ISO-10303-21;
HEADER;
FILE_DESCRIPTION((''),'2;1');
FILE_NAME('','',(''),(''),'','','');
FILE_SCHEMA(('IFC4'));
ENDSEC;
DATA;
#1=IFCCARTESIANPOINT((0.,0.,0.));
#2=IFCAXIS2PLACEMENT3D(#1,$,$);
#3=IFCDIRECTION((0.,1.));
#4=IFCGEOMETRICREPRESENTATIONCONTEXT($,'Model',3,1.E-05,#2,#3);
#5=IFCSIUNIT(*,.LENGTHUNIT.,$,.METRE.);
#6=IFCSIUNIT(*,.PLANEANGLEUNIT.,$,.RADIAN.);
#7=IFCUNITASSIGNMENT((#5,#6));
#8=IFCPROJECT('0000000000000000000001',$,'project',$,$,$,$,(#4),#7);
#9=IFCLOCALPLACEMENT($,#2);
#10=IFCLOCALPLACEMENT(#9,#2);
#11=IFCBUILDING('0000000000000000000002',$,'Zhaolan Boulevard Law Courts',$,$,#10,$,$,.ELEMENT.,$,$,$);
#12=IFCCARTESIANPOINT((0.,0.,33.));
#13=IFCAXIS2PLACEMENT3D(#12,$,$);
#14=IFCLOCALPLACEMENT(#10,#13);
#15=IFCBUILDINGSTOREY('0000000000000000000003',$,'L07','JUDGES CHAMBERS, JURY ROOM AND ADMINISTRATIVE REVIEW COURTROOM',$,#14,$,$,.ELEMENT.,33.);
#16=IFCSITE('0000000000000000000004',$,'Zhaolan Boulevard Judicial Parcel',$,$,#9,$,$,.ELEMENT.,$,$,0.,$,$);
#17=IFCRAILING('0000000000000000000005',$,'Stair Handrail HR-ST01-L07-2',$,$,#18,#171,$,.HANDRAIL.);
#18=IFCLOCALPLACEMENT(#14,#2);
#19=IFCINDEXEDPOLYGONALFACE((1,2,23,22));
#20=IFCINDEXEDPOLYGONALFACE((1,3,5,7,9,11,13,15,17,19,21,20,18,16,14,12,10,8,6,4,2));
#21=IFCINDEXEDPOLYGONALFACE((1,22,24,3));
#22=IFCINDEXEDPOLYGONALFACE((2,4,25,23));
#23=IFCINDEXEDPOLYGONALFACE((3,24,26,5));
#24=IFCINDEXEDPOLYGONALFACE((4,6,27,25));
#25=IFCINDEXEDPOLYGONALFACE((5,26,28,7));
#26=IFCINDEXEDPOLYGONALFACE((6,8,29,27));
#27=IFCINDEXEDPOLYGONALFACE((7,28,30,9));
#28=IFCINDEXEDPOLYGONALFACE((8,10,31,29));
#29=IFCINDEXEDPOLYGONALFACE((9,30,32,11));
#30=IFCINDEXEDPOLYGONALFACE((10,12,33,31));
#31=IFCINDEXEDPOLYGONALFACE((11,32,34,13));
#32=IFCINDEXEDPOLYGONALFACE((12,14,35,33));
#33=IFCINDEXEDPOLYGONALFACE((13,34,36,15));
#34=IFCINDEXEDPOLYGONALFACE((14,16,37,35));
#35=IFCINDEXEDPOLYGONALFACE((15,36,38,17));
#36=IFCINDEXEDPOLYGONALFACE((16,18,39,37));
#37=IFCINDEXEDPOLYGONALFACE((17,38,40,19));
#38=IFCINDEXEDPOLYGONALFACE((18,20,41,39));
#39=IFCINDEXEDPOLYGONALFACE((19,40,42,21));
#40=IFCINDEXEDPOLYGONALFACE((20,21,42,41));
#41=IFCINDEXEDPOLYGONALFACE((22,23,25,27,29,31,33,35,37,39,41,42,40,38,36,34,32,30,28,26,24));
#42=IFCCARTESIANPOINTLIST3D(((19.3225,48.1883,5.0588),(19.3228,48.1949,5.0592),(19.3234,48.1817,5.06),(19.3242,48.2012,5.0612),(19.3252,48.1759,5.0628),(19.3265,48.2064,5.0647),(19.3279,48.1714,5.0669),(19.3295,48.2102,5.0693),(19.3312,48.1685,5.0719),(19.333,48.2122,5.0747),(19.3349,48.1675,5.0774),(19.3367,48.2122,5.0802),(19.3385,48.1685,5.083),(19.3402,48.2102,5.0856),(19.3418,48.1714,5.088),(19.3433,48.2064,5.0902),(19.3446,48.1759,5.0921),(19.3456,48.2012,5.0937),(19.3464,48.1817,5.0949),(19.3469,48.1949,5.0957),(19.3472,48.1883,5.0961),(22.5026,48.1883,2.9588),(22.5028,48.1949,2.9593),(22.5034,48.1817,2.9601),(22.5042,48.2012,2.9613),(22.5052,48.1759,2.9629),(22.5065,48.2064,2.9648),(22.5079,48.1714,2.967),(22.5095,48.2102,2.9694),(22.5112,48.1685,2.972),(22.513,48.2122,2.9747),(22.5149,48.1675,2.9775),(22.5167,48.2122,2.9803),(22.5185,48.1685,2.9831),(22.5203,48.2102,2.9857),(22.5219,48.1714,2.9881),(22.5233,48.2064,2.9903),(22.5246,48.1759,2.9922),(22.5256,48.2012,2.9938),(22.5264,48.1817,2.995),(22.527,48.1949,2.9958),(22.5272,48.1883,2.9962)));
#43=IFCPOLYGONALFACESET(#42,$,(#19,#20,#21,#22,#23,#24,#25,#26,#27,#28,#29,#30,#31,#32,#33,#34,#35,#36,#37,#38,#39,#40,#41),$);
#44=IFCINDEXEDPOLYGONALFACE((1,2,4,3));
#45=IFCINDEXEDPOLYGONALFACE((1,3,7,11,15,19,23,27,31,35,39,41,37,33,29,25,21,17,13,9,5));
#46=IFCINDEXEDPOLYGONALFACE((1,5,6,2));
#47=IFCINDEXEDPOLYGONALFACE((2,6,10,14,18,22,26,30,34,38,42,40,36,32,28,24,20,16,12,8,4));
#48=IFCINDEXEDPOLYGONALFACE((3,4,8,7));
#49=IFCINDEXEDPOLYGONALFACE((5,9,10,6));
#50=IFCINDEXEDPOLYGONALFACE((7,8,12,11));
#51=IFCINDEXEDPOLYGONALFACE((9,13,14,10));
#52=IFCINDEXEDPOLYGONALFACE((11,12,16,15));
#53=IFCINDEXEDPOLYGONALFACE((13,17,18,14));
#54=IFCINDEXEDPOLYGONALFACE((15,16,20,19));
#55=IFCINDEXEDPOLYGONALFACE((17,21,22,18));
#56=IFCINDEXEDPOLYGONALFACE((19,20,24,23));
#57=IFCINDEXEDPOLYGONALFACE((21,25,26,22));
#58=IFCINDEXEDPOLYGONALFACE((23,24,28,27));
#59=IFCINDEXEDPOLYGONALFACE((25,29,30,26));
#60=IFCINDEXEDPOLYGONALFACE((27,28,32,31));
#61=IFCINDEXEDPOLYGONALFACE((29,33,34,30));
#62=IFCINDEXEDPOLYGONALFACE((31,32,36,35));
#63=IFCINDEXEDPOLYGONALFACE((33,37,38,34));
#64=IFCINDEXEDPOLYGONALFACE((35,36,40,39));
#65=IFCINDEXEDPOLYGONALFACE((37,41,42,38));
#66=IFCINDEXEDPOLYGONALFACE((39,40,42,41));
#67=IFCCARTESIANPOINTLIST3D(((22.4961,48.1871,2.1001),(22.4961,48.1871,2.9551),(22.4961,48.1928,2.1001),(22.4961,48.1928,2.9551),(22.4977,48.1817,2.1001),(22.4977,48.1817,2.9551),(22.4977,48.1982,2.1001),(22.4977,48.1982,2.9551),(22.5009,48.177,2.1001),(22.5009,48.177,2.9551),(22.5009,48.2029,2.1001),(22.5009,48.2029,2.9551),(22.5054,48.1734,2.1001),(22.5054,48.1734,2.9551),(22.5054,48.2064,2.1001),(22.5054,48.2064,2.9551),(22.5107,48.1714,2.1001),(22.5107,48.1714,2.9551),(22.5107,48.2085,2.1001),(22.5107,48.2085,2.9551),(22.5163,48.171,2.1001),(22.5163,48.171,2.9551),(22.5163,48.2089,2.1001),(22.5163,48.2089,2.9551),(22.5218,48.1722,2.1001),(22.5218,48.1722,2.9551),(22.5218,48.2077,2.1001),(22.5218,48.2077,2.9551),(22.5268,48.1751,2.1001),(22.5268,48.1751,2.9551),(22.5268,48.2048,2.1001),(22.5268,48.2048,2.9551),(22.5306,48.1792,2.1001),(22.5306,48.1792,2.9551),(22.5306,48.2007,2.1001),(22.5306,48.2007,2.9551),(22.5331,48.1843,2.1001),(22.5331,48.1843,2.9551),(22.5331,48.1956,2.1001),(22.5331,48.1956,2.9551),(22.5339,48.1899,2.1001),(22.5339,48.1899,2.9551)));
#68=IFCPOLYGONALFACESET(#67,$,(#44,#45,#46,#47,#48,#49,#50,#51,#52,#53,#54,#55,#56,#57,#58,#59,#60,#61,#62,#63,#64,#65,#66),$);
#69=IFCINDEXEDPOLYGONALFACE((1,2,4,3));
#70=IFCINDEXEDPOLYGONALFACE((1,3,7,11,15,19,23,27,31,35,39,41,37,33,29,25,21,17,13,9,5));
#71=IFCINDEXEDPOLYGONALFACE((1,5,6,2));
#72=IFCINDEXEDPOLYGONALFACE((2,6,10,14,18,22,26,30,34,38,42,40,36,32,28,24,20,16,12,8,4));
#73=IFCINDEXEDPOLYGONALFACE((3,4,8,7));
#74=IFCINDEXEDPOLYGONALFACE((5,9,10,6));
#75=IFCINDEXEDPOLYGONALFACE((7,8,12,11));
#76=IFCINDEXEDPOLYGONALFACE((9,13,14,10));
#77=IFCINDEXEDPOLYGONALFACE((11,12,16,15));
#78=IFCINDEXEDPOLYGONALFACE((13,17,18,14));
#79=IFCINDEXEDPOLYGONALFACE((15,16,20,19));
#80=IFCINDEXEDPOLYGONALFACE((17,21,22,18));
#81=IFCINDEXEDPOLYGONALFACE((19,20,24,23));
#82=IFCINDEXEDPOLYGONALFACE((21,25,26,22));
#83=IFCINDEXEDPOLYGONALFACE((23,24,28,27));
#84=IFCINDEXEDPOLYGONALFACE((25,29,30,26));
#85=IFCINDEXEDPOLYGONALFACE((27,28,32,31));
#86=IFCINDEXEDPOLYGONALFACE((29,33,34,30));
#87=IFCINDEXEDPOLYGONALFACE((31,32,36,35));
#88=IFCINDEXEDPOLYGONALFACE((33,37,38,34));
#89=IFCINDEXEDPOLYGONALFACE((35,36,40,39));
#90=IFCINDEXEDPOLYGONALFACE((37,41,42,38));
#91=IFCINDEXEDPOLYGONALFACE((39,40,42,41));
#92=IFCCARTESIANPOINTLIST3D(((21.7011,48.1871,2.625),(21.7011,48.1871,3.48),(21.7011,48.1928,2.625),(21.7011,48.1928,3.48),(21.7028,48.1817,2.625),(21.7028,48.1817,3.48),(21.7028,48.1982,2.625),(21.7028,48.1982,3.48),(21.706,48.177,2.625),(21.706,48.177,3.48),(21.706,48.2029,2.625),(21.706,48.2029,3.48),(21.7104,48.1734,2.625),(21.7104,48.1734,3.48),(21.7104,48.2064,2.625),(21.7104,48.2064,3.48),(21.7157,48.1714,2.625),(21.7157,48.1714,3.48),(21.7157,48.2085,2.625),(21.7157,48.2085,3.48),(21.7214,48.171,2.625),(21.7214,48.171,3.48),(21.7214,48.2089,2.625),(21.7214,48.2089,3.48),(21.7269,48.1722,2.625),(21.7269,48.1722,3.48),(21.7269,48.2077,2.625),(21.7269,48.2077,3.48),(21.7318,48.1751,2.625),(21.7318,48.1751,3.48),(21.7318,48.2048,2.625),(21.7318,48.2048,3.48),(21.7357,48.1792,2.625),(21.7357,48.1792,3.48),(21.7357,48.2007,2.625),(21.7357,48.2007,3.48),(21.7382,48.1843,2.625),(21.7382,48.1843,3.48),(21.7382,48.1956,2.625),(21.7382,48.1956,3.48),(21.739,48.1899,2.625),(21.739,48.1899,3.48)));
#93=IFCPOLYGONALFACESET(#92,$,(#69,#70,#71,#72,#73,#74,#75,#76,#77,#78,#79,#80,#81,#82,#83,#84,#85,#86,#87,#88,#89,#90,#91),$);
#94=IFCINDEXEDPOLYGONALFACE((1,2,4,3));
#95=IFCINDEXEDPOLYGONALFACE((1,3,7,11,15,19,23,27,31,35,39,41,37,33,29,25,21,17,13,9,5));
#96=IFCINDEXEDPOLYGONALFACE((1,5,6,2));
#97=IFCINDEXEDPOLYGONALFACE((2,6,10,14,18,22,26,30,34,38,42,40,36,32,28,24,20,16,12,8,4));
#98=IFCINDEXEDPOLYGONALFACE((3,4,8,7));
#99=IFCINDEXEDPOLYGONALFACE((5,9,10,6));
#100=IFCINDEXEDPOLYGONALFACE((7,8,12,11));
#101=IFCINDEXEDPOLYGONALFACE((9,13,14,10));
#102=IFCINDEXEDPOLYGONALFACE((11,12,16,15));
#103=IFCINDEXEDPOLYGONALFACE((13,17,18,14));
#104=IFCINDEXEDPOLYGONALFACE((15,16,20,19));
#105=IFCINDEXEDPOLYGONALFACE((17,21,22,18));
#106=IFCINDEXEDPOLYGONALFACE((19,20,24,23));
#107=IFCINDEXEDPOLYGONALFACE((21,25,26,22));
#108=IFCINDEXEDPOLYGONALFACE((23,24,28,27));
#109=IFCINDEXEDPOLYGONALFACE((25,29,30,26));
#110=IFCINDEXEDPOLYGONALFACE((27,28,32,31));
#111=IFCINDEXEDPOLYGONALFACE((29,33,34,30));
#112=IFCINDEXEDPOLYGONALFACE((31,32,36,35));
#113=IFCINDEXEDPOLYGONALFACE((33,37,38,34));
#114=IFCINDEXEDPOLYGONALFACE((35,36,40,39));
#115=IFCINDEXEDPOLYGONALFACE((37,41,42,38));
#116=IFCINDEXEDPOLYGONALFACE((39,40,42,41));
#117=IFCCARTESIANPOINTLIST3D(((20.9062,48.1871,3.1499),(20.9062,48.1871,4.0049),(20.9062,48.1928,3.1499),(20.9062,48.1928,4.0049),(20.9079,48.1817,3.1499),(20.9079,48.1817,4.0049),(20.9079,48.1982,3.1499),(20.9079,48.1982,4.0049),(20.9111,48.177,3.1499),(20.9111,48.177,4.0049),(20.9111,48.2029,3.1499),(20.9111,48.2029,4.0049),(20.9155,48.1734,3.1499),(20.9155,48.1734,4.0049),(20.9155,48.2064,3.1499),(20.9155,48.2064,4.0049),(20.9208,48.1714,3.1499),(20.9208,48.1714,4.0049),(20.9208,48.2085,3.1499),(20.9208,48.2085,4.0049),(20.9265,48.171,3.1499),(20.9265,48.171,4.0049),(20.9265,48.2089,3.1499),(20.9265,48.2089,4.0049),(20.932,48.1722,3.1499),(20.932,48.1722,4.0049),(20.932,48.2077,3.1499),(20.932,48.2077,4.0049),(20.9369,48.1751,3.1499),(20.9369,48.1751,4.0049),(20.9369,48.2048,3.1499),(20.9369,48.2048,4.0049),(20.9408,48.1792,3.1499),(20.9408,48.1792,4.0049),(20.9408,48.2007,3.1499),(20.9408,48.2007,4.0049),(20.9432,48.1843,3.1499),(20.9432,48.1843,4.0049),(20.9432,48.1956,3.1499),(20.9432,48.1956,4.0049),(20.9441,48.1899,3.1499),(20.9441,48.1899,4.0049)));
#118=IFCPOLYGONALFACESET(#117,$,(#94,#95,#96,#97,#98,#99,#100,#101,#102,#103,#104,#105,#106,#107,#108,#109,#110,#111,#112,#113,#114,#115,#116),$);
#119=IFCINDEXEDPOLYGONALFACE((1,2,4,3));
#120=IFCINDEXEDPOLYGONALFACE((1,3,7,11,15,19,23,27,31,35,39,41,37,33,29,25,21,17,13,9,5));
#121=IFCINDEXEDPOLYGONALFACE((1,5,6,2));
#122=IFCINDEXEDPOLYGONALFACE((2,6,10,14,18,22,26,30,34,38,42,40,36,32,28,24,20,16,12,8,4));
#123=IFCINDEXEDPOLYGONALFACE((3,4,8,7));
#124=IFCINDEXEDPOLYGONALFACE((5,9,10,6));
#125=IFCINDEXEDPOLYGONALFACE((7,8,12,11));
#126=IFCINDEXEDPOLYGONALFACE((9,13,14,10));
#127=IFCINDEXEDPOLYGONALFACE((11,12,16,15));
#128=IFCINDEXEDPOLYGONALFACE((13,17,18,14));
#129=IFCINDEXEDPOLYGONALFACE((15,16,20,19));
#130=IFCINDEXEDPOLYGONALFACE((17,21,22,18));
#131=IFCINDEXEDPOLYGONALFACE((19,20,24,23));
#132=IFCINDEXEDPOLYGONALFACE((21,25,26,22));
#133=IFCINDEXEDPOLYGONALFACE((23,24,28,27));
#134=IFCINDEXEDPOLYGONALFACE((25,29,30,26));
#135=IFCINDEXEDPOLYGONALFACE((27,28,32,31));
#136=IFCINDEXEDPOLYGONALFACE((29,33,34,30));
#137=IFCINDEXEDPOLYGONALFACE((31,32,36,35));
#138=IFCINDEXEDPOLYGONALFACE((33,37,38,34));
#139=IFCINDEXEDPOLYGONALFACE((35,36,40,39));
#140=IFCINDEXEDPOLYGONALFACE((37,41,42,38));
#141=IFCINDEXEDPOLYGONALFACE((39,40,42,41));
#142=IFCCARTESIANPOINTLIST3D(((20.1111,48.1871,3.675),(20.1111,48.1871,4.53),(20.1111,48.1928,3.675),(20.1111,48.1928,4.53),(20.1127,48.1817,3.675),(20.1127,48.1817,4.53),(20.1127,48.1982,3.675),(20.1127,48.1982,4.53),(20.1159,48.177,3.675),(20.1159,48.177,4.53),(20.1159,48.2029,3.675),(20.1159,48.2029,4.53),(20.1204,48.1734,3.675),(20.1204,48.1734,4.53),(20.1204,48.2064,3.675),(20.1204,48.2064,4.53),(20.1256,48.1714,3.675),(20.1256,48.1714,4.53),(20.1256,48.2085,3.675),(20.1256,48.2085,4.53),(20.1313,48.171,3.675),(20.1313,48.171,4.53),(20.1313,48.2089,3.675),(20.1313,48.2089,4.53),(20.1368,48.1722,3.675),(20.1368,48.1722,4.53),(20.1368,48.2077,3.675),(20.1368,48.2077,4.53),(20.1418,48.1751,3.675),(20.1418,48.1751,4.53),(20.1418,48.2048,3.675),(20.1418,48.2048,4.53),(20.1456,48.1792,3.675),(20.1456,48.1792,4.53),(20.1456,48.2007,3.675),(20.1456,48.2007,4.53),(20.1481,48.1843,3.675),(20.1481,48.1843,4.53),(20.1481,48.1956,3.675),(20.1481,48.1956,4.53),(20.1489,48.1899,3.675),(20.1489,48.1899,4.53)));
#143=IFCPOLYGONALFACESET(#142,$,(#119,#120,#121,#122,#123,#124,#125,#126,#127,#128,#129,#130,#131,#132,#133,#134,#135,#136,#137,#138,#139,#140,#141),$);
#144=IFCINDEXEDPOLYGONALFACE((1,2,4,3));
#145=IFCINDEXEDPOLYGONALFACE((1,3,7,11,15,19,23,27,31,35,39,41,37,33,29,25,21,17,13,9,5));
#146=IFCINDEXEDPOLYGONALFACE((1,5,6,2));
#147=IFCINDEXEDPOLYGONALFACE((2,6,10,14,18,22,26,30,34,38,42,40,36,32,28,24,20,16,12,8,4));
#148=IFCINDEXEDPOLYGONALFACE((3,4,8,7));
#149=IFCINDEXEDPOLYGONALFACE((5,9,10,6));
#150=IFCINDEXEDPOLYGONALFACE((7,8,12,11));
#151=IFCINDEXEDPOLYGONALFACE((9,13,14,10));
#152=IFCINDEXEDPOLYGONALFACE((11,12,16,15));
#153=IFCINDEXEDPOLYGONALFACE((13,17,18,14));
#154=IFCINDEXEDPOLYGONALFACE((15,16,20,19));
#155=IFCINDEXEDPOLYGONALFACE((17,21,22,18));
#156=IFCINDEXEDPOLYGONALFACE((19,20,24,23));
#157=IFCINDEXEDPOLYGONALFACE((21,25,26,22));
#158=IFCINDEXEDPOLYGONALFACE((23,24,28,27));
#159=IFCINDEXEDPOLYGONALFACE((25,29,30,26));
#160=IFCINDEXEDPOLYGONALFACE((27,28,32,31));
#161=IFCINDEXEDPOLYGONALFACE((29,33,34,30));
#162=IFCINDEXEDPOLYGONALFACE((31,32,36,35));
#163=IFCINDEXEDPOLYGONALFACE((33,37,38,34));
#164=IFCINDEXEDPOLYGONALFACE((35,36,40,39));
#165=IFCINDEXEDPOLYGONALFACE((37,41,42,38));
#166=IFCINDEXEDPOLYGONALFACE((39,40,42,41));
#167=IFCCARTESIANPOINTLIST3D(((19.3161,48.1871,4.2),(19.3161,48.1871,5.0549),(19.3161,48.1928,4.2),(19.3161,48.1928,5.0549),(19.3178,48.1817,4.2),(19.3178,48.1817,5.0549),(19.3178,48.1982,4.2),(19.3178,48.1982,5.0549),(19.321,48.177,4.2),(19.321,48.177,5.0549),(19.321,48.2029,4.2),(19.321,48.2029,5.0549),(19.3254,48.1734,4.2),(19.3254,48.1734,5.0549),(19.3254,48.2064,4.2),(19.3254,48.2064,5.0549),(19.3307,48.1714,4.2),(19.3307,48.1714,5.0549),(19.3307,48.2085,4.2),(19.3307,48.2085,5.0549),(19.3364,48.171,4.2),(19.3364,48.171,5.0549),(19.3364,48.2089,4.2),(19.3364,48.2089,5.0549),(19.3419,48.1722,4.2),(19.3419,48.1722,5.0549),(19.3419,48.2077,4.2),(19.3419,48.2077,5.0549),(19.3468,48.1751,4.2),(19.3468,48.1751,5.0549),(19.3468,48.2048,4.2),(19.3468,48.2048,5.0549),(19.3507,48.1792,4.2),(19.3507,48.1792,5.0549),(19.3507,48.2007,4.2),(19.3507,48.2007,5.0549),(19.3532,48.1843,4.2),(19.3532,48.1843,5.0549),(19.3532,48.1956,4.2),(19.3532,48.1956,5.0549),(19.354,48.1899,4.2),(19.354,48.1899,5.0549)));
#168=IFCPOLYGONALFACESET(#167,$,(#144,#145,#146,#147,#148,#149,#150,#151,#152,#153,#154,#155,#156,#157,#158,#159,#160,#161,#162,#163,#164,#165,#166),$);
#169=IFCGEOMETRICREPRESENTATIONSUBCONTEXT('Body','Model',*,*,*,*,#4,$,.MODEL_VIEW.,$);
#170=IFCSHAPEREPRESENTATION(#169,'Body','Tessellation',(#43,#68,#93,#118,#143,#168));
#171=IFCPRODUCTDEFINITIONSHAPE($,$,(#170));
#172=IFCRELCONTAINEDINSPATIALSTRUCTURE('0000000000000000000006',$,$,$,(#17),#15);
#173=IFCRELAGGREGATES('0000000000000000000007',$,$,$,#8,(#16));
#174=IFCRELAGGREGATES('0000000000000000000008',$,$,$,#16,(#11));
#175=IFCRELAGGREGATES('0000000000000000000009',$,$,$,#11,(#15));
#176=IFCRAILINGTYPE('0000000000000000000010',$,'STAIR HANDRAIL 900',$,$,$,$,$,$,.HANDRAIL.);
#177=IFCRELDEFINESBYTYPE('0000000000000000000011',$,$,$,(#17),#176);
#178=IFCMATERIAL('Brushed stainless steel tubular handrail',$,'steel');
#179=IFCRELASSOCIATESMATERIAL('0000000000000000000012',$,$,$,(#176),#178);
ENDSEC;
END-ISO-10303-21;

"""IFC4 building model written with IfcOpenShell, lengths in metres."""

from ifc_helpers import new_model, si_unit, direction, frame, origin, origin_2d, place, context, subcontext, project, spatial, circle, extrude, material, type_object, element, save


model = new_model("IFC4")

# Units and contexts
model_context = context("Model", 3, precision=1e-05, world=origin(), true_north=direction((0.0, 1.0)))
body_context = subcontext(model_context, "Body", "Model", "MODEL_VIEW")
ifc_project = project(units=[si_unit("LENGTHUNIT", "METRE"), si_unit("PLANEANGLEUNIT", "RADIAN")], contexts=[model_context])

# Site, building, storey
site_placement = place(None, origin())
site = spatial("IfcSite", under=ifc_project, at=site_placement, Name="Zhaolan Boulevard Judicial Parcel", CompositionType="ELEMENT", RefElevation=0.0)
building_placement = place(site_placement, origin())
building = spatial("IfcBuilding", under=site, at=building_placement, Name="Zhaolan Boulevard Law Courts", CompositionType="ELEMENT")
storey_placement = place(building_placement, frame((0.0, 0.0, 33.0)))
storey = spatial("IfcBuildingStorey", under=building, at=storey_placement, Name="L07", Description="JUDGES CHAMBERS, JURY ROOM AND ADMINISTRATIVE REVIEW COURTROOM", CompositionType="ELEMENT", Elevation=33.0)

# Railing
ifc_material_1 = material(Name="Brushed stainless steel tubular handrail", Category="steel")
railing_type_1 = type_object("IfcRailingType", Name="STAIR HANDRAIL 900", PredefinedType="HANDRAIL", material=ifc_material_1)
railing_1_placement = place(storey_placement, frame((22.5149, 48.1899, 2.1001)))
element("IfcRailing", 1, at=railing_1_placement, inside=storey, type_object=railing_type_1, Name="Stair Handrail HR-ST01-L07-2", PredefinedType="HANDRAIL", context=body_context, shape_type="SweptSolid", body=[
    extrude(circle(Radius=0.0225, at=origin_2d()), frame((0.0, 0.0, 0.8774), z_axis=(-0.834477, 0.0, 0.551043), x_axis=(0.0, -1.0, 0.0)), (0.0, 0.0, 1.0), 3.8108),
    extrude(circle(Radius=0.019, at=origin_2d()), origin(), (0.0, 0.0, 1.0), 0.855),
    extrude(circle(Radius=0.019, at=origin_2d()), frame((-0.7949, 0.0, 0.5249)), (0.0, 0.0, 1.0), 0.855),
    extrude(circle(Radius=0.019, at=origin_2d()), frame((-1.5898, 0.0, 1.0498)), (0.0, 0.0, 1.0), 0.855),
    extrude(circle(Radius=0.019, at=origin_2d()), frame((-2.385, 0.0, 1.575)), (0.0, 0.0, 1.0), 0.855),
    extrude(circle(Radius=0.019, at=origin_2d()), frame((-3.1799, 0.0, 2.0999)), (0.0, 0.0, 1.0), 0.855),
])

save(model, "model.ifc")
